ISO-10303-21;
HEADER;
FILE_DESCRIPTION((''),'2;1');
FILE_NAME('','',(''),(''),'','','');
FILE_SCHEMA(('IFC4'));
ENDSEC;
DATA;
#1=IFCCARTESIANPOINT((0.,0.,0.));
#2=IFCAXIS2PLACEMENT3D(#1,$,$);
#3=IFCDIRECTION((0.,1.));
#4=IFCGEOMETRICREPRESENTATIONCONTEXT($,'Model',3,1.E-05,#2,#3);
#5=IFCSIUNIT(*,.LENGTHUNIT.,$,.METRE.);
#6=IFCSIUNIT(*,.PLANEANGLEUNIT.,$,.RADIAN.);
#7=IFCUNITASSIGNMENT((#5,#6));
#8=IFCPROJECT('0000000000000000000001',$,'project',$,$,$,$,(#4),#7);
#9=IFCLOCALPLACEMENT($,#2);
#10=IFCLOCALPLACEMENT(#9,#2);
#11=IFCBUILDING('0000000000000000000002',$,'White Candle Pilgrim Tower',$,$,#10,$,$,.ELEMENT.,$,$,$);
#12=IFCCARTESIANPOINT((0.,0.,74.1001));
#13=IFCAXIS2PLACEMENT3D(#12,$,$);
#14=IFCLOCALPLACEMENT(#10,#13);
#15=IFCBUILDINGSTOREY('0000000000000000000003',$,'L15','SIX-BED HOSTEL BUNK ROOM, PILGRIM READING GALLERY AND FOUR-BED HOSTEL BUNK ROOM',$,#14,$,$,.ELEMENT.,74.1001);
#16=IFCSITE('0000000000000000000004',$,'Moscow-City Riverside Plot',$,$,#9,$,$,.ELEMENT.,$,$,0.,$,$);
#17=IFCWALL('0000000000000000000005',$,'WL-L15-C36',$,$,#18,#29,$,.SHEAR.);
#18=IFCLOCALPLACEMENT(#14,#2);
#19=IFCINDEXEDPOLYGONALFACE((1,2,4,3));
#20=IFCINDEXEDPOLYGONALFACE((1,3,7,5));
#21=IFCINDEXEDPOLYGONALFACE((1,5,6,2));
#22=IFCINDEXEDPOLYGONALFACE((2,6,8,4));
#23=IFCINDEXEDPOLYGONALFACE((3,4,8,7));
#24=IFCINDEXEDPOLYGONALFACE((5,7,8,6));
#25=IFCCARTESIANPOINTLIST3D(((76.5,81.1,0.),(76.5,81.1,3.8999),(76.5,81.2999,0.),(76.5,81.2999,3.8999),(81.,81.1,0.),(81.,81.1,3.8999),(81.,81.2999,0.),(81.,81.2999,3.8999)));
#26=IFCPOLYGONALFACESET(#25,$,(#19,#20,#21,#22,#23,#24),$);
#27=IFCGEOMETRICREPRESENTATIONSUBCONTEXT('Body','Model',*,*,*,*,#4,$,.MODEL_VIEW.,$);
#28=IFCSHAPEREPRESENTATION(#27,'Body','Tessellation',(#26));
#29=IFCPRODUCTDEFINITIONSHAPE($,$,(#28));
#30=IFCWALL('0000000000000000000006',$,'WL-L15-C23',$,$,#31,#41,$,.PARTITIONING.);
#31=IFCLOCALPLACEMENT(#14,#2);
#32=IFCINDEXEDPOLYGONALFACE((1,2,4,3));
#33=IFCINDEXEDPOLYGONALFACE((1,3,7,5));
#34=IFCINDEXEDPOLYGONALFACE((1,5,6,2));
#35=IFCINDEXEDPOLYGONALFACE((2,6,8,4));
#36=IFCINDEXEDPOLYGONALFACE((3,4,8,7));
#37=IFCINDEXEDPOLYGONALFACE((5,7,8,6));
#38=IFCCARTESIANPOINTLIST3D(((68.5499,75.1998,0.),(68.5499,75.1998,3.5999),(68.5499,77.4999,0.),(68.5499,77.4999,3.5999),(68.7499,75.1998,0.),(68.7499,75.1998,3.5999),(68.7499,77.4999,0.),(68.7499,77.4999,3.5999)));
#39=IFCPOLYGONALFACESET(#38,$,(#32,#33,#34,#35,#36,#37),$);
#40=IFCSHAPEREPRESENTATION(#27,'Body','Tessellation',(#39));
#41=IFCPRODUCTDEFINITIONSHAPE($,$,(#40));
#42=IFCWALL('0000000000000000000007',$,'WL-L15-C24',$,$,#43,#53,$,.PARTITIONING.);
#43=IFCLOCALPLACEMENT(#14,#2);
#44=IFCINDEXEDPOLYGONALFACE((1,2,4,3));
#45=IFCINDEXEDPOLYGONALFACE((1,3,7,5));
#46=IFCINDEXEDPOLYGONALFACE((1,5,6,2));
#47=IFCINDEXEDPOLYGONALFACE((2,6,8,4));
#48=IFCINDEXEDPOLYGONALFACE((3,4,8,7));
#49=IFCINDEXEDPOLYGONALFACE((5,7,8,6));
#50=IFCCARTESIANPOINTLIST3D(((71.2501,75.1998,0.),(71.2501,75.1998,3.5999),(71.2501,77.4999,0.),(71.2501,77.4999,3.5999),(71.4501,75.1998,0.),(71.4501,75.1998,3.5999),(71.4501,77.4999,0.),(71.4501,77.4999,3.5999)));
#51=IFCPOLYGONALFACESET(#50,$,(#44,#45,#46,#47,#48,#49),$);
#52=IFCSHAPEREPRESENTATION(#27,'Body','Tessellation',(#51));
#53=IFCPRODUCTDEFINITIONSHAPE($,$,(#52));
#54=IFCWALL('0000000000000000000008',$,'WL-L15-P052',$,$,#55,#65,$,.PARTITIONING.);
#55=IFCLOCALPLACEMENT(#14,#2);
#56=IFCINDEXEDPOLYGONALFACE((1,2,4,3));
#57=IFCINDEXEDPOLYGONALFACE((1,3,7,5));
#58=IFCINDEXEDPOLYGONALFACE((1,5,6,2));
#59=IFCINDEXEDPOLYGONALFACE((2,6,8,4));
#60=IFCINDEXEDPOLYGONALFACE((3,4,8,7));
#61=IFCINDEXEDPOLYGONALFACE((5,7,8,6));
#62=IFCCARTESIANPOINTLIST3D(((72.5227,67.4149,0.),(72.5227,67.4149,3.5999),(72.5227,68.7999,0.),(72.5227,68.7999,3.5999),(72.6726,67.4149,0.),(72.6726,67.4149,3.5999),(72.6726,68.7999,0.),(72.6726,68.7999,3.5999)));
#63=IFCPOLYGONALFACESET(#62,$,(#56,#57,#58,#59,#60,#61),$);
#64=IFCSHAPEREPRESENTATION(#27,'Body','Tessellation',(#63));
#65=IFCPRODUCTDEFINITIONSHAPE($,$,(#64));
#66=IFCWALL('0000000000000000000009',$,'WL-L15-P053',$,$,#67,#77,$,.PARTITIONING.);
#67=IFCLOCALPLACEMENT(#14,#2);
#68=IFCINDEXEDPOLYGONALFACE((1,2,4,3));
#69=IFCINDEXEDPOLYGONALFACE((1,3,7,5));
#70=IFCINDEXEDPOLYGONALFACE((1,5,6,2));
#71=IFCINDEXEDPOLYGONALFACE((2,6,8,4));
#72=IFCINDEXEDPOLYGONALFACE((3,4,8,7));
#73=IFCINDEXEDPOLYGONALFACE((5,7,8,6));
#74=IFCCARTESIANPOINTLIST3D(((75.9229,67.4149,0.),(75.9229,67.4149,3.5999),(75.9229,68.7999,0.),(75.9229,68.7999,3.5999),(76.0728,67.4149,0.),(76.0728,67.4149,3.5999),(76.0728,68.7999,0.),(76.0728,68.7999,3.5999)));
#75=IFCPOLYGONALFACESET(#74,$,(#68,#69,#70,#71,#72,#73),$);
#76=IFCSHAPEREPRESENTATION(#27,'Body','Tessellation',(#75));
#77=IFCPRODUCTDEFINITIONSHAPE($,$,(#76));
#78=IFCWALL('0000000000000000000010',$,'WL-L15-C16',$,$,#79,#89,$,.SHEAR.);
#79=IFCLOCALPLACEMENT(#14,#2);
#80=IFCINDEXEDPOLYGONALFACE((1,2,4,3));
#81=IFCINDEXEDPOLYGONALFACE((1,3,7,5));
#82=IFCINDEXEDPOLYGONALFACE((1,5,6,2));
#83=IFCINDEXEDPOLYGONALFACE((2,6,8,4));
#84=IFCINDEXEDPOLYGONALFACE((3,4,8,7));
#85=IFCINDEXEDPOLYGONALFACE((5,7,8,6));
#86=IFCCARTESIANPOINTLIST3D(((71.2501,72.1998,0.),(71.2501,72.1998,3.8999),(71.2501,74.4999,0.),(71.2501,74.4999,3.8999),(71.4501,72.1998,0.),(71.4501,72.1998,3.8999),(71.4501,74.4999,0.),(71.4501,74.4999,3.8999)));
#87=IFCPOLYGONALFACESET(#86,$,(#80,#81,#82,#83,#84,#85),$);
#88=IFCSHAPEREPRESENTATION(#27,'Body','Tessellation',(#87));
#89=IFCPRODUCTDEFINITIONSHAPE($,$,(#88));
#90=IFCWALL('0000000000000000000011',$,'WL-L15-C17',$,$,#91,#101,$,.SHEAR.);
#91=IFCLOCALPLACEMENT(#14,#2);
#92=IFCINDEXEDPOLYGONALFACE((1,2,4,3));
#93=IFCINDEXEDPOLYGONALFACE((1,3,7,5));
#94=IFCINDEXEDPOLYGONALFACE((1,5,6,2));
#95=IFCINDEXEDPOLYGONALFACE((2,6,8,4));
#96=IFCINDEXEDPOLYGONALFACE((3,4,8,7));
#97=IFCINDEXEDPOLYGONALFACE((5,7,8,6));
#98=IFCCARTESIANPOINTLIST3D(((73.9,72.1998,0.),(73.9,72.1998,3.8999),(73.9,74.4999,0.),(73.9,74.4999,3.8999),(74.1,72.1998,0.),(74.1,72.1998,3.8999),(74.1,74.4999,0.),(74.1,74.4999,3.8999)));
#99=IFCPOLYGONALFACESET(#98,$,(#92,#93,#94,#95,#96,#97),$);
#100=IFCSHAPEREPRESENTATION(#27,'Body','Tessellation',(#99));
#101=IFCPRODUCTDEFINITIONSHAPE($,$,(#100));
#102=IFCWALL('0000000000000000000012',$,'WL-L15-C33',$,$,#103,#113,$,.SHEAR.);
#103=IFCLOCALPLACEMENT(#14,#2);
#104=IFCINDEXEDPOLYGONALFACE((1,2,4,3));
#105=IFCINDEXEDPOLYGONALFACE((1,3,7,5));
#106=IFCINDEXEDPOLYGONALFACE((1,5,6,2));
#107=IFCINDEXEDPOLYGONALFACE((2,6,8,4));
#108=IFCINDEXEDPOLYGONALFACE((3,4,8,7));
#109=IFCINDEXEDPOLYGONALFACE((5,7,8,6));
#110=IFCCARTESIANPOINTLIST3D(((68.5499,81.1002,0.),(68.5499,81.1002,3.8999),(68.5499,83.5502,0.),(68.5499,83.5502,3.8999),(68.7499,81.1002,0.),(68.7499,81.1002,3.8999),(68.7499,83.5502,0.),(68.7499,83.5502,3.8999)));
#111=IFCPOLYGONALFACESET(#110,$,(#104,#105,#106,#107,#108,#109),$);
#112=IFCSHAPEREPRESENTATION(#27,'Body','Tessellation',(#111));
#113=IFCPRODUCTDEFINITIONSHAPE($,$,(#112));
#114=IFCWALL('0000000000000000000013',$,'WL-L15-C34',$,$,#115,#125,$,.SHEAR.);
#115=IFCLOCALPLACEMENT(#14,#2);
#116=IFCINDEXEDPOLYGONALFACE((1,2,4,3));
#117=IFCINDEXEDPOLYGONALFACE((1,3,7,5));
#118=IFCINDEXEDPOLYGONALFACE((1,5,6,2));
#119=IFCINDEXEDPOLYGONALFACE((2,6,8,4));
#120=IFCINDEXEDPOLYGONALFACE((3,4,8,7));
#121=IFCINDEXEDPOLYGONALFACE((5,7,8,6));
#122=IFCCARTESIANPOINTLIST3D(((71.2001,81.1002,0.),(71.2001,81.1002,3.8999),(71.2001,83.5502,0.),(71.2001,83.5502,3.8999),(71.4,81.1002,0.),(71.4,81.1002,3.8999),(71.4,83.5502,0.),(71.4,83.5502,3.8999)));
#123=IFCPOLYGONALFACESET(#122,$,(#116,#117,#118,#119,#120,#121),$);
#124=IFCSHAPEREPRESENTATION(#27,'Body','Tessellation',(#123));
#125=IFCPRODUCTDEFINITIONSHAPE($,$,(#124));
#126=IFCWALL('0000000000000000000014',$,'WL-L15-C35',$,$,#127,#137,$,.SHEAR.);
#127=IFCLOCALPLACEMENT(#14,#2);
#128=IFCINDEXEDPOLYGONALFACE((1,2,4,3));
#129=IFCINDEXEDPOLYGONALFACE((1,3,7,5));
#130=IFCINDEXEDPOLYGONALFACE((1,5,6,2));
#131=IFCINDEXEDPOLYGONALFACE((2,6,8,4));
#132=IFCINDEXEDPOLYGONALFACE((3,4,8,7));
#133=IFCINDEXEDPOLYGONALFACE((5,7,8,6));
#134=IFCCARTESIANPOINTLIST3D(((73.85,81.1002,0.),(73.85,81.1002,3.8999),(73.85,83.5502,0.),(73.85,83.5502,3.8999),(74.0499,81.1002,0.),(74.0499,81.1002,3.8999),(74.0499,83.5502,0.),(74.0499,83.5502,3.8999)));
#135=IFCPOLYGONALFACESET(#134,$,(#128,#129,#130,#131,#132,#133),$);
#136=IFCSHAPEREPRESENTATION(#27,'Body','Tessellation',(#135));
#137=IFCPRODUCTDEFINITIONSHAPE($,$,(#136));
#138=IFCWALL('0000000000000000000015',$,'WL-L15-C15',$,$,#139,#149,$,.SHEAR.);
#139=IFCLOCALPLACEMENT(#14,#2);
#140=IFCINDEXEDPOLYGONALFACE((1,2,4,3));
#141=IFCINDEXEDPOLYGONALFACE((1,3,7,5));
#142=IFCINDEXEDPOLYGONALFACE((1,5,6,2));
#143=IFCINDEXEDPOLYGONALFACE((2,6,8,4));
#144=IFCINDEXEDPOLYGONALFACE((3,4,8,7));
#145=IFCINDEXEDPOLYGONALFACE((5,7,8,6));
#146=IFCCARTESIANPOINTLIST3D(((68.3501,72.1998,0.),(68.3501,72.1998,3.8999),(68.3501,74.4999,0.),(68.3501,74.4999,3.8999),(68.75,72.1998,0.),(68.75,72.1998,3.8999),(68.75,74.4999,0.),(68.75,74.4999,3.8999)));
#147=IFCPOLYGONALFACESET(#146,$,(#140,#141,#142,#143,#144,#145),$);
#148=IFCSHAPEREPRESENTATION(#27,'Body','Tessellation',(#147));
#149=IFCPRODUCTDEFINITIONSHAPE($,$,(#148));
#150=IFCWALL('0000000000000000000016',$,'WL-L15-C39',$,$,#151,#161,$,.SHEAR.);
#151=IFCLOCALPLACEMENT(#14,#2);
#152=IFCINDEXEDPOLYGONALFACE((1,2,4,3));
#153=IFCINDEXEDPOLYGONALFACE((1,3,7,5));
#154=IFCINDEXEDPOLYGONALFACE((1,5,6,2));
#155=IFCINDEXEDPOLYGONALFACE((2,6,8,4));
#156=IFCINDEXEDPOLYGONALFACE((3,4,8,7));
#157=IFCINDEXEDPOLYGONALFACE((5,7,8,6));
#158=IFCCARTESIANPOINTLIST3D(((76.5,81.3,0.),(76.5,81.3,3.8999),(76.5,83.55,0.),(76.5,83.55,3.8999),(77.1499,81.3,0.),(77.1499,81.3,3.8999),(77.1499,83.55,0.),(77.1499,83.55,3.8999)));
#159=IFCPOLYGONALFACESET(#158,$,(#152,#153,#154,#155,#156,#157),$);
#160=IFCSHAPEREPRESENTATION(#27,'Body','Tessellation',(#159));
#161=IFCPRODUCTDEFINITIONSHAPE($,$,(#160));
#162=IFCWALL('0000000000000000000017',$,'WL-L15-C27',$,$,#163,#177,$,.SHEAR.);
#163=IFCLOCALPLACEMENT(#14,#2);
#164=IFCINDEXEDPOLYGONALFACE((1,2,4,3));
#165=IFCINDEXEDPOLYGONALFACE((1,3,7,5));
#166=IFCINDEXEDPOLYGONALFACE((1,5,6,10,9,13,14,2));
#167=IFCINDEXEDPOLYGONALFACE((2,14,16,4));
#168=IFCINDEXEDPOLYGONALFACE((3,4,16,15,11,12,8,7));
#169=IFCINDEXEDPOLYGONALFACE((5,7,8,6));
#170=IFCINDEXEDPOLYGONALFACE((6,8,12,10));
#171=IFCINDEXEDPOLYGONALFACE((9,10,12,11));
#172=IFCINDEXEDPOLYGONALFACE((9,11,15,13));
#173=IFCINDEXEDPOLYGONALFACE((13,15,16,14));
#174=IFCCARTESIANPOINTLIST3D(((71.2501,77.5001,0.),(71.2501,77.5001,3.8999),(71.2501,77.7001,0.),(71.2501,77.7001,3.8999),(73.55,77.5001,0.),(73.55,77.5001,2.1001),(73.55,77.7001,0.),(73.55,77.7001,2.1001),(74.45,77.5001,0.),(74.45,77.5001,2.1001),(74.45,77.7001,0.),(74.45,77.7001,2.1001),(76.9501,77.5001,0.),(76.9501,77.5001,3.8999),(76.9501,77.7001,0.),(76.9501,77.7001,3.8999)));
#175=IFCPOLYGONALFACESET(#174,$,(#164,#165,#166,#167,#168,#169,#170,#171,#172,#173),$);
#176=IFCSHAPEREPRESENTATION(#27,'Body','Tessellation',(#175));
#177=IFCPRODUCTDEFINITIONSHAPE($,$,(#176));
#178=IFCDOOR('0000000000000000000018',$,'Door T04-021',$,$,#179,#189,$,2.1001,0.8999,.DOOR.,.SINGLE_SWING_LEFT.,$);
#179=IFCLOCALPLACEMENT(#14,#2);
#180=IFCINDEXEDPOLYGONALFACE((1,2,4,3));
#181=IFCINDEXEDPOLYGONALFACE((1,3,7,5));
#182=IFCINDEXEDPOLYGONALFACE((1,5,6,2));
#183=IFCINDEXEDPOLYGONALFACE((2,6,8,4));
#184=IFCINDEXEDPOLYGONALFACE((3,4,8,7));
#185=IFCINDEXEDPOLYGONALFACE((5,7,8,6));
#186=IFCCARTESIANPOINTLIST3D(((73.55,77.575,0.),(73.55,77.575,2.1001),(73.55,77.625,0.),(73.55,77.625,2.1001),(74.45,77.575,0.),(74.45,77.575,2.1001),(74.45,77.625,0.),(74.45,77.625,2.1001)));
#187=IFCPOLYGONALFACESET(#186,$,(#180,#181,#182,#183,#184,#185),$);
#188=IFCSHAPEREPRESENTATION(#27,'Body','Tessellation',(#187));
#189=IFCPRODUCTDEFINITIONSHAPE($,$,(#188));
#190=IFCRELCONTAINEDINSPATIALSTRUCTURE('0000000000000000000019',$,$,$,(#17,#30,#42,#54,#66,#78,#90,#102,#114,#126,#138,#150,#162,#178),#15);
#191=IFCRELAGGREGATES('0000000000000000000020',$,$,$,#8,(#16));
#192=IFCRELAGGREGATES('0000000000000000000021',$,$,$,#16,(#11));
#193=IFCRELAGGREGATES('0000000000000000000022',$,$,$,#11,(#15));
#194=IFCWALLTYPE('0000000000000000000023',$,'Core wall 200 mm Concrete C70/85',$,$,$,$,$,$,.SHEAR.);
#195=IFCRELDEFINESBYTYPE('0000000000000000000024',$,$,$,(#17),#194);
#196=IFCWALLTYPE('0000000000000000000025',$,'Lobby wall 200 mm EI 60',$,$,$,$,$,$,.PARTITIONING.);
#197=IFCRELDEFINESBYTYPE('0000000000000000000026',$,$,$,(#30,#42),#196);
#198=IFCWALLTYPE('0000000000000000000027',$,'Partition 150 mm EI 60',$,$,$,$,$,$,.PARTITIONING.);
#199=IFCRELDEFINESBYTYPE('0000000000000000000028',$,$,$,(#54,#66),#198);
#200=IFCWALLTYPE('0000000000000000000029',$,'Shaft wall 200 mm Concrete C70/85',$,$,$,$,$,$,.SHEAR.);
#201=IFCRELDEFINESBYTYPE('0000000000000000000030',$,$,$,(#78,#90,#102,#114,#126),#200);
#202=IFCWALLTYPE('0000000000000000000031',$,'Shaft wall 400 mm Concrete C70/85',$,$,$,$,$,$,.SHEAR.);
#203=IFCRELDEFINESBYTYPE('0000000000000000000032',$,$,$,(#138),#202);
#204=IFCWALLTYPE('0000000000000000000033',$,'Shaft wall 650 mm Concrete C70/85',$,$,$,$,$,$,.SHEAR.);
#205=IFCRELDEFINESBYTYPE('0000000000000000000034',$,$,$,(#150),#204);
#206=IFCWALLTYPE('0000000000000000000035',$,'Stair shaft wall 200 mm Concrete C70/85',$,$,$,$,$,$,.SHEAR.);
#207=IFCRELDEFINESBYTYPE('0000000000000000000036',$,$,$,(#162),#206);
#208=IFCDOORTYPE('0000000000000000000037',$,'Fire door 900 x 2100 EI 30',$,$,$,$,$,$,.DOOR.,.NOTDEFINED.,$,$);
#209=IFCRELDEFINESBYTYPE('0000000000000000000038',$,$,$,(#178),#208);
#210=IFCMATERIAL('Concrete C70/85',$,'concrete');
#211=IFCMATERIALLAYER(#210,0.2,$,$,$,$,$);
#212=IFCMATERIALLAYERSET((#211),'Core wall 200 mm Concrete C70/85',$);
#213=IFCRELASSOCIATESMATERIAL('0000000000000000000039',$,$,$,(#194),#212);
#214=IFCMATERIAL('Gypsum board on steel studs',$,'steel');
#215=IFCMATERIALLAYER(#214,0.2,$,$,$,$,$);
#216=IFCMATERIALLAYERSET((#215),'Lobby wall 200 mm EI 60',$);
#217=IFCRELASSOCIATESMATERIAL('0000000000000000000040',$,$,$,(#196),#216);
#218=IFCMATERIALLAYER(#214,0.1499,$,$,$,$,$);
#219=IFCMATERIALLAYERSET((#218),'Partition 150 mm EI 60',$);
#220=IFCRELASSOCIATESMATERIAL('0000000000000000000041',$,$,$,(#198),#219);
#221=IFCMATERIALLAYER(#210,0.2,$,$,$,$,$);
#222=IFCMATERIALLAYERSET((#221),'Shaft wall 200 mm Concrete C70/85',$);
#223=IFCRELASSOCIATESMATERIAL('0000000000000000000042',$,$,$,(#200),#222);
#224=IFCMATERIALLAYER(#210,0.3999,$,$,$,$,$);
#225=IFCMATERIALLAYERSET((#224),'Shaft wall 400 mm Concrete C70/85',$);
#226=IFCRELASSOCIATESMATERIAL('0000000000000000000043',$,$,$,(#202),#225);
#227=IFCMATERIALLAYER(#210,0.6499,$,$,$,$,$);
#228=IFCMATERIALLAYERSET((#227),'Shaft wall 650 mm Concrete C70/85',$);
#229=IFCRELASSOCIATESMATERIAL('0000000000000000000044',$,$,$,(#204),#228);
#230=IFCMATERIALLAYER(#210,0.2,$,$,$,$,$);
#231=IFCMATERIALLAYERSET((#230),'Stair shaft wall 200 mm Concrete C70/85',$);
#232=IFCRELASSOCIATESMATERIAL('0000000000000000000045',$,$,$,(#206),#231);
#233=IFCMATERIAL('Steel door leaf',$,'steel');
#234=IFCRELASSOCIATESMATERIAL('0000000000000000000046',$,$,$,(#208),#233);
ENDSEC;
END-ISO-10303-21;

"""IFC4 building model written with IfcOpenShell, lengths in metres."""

from ifc_helpers import new_model, si_unit, direction, frame, frame_2d, origin, place, context, subcontext, project, spatial, rectangle, extrude, material, layer, layer_set, type_object, element, fill, save


model = new_model("IFC4")

# Units and contexts
model_context = context("Model", 3, precision=1e-05, world=origin(), true_north=direction((0.0, 1.0)))
body_context = subcontext(model_context, "Body", "Model", "MODEL_VIEW")
ifc_project = project(units=[si_unit("LENGTHUNIT", "METRE"), si_unit("PLANEANGLEUNIT", "RADIAN")], contexts=[model_context])

# Site, building, storey
site_placement = place(None, origin())
site = spatial("IfcSite", under=ifc_project, at=site_placement, Name="Moscow-City Riverside Plot", CompositionType="ELEMENT", RefElevation=0.0)
building_placement = place(site_placement, origin())
building = spatial("IfcBuilding", under=site, at=building_placement, Name="White Candle Pilgrim Tower", CompositionType="ELEMENT")
storey_placement = place(building_placement, frame((0.0, 0.0, 74.1001)))
storey = spatial("IfcBuildingStorey", under=building, at=storey_placement, Name="L15", Description="SIX-BED HOSTEL BUNK ROOM, PILGRIM READING GALLERY AND FOUR-BED HOSTEL BUNK ROOM", CompositionType="ELEMENT", Elevation=74.1001)

# Walls
ifc_material_1 = material(Name="Concrete C70/85", Category="concrete")
ifc_layer_1 = layer(ifc_material_1, 0.2)
ifc_layer_set_1 = layer_set([ifc_layer_1], Name="Core wall 200 mm Concrete C70/85")
wall_type_1 = type_object("IfcWallType", Name="Core wall 200 mm Concrete C70/85", PredefinedType="SHEAR", material=ifc_layer_set_1)
wall_1_placement = place(storey_placement, frame((76.5, 81.2, 0.0), z_axis=(0.0, 0.0, 1.0), x_axis=(1.0, 0.0, 0.0)))
element("IfcWall", 1, at=wall_1_placement, inside=storey, type_object=wall_type_1, Name="WL-L15-C36", PredefinedType="SHEAR", context=body_context, shape_type="SweptSolid", body=[
    extrude(rectangle(XDim=4.5, YDim=0.2, at=frame_2d((2.25, 0.0))), origin(), (0.0, 0.0, 1.0), 3.8999),
])
ifc_material_2 = material(Name="Gypsum board on steel studs", Category="steel")
ifc_layer_2 = layer(ifc_material_2, 0.2)
ifc_layer_set_2 = layer_set([ifc_layer_2], Name="Lobby wall 200 mm EI 60")
wall_type_2 = type_object("IfcWallType", Name="Lobby wall 200 mm EI 60", PredefinedType="PARTITIONING", material=ifc_layer_set_2)
for number, where, z_axis, x_axis, name in (
    (2, (68.6499, 75.2, 0.0), (0.0, 0.0, 1.0), (0.0, 1.0, 0.0), "WL-L15-C23"),
    (3, (71.3501, 75.2, 0.0), (0.0, 0.0, 1.0), (0.0, 1.0, 0.0), "WL-L15-C24"),
):
    element("IfcWall", number, at=place(storey_placement, frame(where, z_axis=z_axis, x_axis=x_axis)), inside=storey, type_object=wall_type_2, Name=name, PredefinedType="PARTITIONING", context=body_context, shape_type="SweptSolid", body=[
        extrude(rectangle(XDim=2.3, YDim=0.2, at=frame_2d((1.1499, 0.0))), origin(), (0.0, 0.0, 1.0), 3.5999),
    ])
ifc_layer_3 = layer(ifc_material_2, 0.1499)
ifc_layer_set_3 = layer_set([ifc_layer_3], Name="Partition 150 mm EI 60")
wall_type_3 = type_object("IfcWallType", Name="Partition 150 mm EI 60", PredefinedType="PARTITIONING", material=ifc_layer_set_3)
for number, where, z_axis, x_axis, name in (
    (4, (72.5977, 67.415, 0.0), (0.0, 0.0, 1.0), (0.0, 1.0, 0.0), "WL-L15-P052"),
    (5, (75.9978, 67.415, 0.0), (0.0, 0.0, 1.0), (0.0, 1.0, 0.0), "WL-L15-P053"),
):
    element("IfcWall", number, at=place(storey_placement, frame(where, z_axis=z_axis, x_axis=x_axis)), inside=storey, type_object=wall_type_3, Name=name, PredefinedType="PARTITIONING", context=body_context, shape_type="SweptSolid", body=[
        extrude(rectangle(XDim=1.385, YDim=0.1499, at=frame_2d((0.6924, 0.0))), origin(), (0.0, 0.0, 1.0), 3.5999),
    ])
ifc_layer_4 = layer(ifc_material_1, 0.2)
ifc_layer_set_4 = layer_set([ifc_layer_4], Name="Shaft wall 200 mm Concrete C70/85")
wall_type_4 = type_object("IfcWallType", Name="Shaft wall 200 mm Concrete C70/85", PredefinedType="SHEAR", material=ifc_layer_set_4)
for number, where, z_axis, x_axis, name in (
    (6, (71.3501, 72.2, 0.0), (0.0, 0.0, 1.0), (0.0, 1.0, 0.0), "WL-L15-C16"),
    (7, (74.0, 72.2, 0.0), (0.0, 0.0, 1.0), (0.0, 1.0, 0.0), "WL-L15-C17"),
):
    element("IfcWall", number, at=place(storey_placement, frame(where, z_axis=z_axis, x_axis=x_axis)), inside=storey, type_object=wall_type_4, Name=name, PredefinedType="SHEAR", context=body_context, shape_type="SweptSolid", body=[
        extrude(rectangle(XDim=2.3, YDim=0.2, at=frame_2d((1.1499, 0.0))), origin(), (0.0, 0.0, 1.0), 3.8999),
    ])
for number, where, z_axis, x_axis, name in (
    (8, (68.6499, 81.1001, 0.0), (0.0, 0.0, 1.0), (0.0, 1.0, 0.0), "WL-L15-C33"),
    (9, (71.3, 81.1001, 0.0), (0.0, 0.0, 1.0), (0.0, 1.0, 0.0), "WL-L15-C34"),
    (10, (73.95, 81.1001, 0.0), (0.0, 0.0, 1.0), (0.0, 1.0, 0.0), "WL-L15-C35"),
):
    element("IfcWall", number, at=place(storey_placement, frame(where, z_axis=z_axis, x_axis=x_axis)), inside=storey, type_object=wall_type_4, Name=name, PredefinedType="SHEAR", context=body_context, shape_type="SweptSolid", body=[
        extrude(rectangle(XDim=2.45, YDim=0.2, at=frame_2d((1.2251, 0.0))), origin(), (0.0, 0.0, 1.0), 3.8999),
    ])
ifc_layer_5 = layer(ifc_material_1, 0.3999)
ifc_layer_set_5 = layer_set([ifc_layer_5], Name="Shaft wall 400 mm Concrete C70/85")
wall_type_5 = type_object("IfcWallType", Name="Shaft wall 400 mm Concrete C70/85", PredefinedType="SHEAR", material=ifc_layer_set_5)
wall_2_placement = place(storey_placement, frame((68.55, 72.2, 0.0), z_axis=(0.0, 0.0, 1.0), x_axis=(0.0, 1.0, 0.0)))
element("IfcWall", 11, at=wall_2_placement, inside=storey, type_object=wall_type_5, Name="WL-L15-C15", PredefinedType="SHEAR", context=body_context, shape_type="SweptSolid", body=[
    extrude(rectangle(XDim=2.3, YDim=0.3999, at=frame_2d((1.1499, 0.0))), origin(), (0.0, 0.0, 1.0), 3.8999),
])
ifc_layer_6 = layer(ifc_material_1, 0.6499)
ifc_layer_set_6 = layer_set([ifc_layer_6], Name="Shaft wall 650 mm Concrete C70/85")
wall_type_6 = type_object("IfcWallType", Name="Shaft wall 650 mm Concrete C70/85", PredefinedType="SHEAR", material=ifc_layer_set_6)
wall_3_placement = place(storey_placement, frame((76.825, 81.3, 0.0), z_axis=(0.0, 0.0, 1.0), x_axis=(0.0, 1.0, 0.0)))
element("IfcWall", 12, at=wall_3_placement, inside=storey, type_object=wall_type_6, Name="WL-L15-C39", PredefinedType="SHEAR", context=body_context, shape_type="SweptSolid", body=[
    extrude(rectangle(XDim=2.25, YDim=0.6499, at=frame_2d((1.125, 0.0))), origin(), (0.0, 0.0, 1.0), 3.8999),
])

# Wall, opening, door
ifc_layer_7 = layer(ifc_material_1, 0.2)
ifc_layer_set_7 = layer_set([ifc_layer_7], Name="Stair shaft wall 200 mm Concrete C70/85")
wall_type_7 = type_object("IfcWallType", Name="Stair shaft wall 200 mm Concrete C70/85", PredefinedType="SHEAR", material=ifc_layer_set_7)
wall_4_placement = place(storey_placement, frame((71.25, 77.6001, 0.0), z_axis=(0.0, 0.0, 1.0), x_axis=(1.0, 0.0, 0.0)))
wall_4 = element("IfcWall", 13, at=wall_4_placement, inside=storey, type_object=wall_type_7, Name="WL-L15-C27", PredefinedType="SHEAR", context=body_context, shape_type="SweptSolid", body=[
    extrude(rectangle(XDim=5.7, YDim=0.2, at=frame_2d((2.8501, 0.0))), origin(), (0.0, 0.0, 1.0), 3.8999),
])
opening_1_placement = place(wall_4_placement, frame((2.3, 0.0, 0.0)))
opening_1 = element("IfcOpeningElement", 14, at=opening_1_placement, cuts=wall_4, PredefinedType="OPENING", context=body_context, shape_type="SweptSolid", body=[
    extrude(rectangle(XDim=0.8999, YDim=2.1001, at=frame_2d((0.45, 1.05))), frame((0.0, 0.1099, 0.0), z_axis=(0.0, -1.0, 0.0), x_axis=(1.0, 0.0, 0.0)), (0.0, 0.0, 1.0), 0.22),
])
ifc_material_3 = material(Name="Steel door leaf", Category="steel")
door_type_1 = type_object("IfcDoorType", Name="Fire door 900 x 2100 EI 30", OperationType="NOTDEFINED", PredefinedType="DOOR", material=ifc_material_3)
door_1_placement = place(opening_1_placement, origin())
door_1 = element("IfcDoor", 15, at=door_1_placement, inside=storey, type_object=door_type_1, Name="Door T04-021", OperationType="SINGLE_SWING_LEFT", OverallHeight=2.1001, OverallWidth=0.8999, PredefinedType="DOOR", context=body_context, shape_type="SweptSolid", body=[
    extrude(rectangle(XDim=0.8999, YDim=2.1001, at=frame_2d((0.45, 1.05))), frame((0.0, 0.0249, 0.0), z_axis=(0.0, -1.0, 0.0), x_axis=(1.0, 0.0, 0.0)), (0.0, 0.0, 1.0), 0.05),
])
fill(opening_1, door_1)

save(model, "model.ifc")
